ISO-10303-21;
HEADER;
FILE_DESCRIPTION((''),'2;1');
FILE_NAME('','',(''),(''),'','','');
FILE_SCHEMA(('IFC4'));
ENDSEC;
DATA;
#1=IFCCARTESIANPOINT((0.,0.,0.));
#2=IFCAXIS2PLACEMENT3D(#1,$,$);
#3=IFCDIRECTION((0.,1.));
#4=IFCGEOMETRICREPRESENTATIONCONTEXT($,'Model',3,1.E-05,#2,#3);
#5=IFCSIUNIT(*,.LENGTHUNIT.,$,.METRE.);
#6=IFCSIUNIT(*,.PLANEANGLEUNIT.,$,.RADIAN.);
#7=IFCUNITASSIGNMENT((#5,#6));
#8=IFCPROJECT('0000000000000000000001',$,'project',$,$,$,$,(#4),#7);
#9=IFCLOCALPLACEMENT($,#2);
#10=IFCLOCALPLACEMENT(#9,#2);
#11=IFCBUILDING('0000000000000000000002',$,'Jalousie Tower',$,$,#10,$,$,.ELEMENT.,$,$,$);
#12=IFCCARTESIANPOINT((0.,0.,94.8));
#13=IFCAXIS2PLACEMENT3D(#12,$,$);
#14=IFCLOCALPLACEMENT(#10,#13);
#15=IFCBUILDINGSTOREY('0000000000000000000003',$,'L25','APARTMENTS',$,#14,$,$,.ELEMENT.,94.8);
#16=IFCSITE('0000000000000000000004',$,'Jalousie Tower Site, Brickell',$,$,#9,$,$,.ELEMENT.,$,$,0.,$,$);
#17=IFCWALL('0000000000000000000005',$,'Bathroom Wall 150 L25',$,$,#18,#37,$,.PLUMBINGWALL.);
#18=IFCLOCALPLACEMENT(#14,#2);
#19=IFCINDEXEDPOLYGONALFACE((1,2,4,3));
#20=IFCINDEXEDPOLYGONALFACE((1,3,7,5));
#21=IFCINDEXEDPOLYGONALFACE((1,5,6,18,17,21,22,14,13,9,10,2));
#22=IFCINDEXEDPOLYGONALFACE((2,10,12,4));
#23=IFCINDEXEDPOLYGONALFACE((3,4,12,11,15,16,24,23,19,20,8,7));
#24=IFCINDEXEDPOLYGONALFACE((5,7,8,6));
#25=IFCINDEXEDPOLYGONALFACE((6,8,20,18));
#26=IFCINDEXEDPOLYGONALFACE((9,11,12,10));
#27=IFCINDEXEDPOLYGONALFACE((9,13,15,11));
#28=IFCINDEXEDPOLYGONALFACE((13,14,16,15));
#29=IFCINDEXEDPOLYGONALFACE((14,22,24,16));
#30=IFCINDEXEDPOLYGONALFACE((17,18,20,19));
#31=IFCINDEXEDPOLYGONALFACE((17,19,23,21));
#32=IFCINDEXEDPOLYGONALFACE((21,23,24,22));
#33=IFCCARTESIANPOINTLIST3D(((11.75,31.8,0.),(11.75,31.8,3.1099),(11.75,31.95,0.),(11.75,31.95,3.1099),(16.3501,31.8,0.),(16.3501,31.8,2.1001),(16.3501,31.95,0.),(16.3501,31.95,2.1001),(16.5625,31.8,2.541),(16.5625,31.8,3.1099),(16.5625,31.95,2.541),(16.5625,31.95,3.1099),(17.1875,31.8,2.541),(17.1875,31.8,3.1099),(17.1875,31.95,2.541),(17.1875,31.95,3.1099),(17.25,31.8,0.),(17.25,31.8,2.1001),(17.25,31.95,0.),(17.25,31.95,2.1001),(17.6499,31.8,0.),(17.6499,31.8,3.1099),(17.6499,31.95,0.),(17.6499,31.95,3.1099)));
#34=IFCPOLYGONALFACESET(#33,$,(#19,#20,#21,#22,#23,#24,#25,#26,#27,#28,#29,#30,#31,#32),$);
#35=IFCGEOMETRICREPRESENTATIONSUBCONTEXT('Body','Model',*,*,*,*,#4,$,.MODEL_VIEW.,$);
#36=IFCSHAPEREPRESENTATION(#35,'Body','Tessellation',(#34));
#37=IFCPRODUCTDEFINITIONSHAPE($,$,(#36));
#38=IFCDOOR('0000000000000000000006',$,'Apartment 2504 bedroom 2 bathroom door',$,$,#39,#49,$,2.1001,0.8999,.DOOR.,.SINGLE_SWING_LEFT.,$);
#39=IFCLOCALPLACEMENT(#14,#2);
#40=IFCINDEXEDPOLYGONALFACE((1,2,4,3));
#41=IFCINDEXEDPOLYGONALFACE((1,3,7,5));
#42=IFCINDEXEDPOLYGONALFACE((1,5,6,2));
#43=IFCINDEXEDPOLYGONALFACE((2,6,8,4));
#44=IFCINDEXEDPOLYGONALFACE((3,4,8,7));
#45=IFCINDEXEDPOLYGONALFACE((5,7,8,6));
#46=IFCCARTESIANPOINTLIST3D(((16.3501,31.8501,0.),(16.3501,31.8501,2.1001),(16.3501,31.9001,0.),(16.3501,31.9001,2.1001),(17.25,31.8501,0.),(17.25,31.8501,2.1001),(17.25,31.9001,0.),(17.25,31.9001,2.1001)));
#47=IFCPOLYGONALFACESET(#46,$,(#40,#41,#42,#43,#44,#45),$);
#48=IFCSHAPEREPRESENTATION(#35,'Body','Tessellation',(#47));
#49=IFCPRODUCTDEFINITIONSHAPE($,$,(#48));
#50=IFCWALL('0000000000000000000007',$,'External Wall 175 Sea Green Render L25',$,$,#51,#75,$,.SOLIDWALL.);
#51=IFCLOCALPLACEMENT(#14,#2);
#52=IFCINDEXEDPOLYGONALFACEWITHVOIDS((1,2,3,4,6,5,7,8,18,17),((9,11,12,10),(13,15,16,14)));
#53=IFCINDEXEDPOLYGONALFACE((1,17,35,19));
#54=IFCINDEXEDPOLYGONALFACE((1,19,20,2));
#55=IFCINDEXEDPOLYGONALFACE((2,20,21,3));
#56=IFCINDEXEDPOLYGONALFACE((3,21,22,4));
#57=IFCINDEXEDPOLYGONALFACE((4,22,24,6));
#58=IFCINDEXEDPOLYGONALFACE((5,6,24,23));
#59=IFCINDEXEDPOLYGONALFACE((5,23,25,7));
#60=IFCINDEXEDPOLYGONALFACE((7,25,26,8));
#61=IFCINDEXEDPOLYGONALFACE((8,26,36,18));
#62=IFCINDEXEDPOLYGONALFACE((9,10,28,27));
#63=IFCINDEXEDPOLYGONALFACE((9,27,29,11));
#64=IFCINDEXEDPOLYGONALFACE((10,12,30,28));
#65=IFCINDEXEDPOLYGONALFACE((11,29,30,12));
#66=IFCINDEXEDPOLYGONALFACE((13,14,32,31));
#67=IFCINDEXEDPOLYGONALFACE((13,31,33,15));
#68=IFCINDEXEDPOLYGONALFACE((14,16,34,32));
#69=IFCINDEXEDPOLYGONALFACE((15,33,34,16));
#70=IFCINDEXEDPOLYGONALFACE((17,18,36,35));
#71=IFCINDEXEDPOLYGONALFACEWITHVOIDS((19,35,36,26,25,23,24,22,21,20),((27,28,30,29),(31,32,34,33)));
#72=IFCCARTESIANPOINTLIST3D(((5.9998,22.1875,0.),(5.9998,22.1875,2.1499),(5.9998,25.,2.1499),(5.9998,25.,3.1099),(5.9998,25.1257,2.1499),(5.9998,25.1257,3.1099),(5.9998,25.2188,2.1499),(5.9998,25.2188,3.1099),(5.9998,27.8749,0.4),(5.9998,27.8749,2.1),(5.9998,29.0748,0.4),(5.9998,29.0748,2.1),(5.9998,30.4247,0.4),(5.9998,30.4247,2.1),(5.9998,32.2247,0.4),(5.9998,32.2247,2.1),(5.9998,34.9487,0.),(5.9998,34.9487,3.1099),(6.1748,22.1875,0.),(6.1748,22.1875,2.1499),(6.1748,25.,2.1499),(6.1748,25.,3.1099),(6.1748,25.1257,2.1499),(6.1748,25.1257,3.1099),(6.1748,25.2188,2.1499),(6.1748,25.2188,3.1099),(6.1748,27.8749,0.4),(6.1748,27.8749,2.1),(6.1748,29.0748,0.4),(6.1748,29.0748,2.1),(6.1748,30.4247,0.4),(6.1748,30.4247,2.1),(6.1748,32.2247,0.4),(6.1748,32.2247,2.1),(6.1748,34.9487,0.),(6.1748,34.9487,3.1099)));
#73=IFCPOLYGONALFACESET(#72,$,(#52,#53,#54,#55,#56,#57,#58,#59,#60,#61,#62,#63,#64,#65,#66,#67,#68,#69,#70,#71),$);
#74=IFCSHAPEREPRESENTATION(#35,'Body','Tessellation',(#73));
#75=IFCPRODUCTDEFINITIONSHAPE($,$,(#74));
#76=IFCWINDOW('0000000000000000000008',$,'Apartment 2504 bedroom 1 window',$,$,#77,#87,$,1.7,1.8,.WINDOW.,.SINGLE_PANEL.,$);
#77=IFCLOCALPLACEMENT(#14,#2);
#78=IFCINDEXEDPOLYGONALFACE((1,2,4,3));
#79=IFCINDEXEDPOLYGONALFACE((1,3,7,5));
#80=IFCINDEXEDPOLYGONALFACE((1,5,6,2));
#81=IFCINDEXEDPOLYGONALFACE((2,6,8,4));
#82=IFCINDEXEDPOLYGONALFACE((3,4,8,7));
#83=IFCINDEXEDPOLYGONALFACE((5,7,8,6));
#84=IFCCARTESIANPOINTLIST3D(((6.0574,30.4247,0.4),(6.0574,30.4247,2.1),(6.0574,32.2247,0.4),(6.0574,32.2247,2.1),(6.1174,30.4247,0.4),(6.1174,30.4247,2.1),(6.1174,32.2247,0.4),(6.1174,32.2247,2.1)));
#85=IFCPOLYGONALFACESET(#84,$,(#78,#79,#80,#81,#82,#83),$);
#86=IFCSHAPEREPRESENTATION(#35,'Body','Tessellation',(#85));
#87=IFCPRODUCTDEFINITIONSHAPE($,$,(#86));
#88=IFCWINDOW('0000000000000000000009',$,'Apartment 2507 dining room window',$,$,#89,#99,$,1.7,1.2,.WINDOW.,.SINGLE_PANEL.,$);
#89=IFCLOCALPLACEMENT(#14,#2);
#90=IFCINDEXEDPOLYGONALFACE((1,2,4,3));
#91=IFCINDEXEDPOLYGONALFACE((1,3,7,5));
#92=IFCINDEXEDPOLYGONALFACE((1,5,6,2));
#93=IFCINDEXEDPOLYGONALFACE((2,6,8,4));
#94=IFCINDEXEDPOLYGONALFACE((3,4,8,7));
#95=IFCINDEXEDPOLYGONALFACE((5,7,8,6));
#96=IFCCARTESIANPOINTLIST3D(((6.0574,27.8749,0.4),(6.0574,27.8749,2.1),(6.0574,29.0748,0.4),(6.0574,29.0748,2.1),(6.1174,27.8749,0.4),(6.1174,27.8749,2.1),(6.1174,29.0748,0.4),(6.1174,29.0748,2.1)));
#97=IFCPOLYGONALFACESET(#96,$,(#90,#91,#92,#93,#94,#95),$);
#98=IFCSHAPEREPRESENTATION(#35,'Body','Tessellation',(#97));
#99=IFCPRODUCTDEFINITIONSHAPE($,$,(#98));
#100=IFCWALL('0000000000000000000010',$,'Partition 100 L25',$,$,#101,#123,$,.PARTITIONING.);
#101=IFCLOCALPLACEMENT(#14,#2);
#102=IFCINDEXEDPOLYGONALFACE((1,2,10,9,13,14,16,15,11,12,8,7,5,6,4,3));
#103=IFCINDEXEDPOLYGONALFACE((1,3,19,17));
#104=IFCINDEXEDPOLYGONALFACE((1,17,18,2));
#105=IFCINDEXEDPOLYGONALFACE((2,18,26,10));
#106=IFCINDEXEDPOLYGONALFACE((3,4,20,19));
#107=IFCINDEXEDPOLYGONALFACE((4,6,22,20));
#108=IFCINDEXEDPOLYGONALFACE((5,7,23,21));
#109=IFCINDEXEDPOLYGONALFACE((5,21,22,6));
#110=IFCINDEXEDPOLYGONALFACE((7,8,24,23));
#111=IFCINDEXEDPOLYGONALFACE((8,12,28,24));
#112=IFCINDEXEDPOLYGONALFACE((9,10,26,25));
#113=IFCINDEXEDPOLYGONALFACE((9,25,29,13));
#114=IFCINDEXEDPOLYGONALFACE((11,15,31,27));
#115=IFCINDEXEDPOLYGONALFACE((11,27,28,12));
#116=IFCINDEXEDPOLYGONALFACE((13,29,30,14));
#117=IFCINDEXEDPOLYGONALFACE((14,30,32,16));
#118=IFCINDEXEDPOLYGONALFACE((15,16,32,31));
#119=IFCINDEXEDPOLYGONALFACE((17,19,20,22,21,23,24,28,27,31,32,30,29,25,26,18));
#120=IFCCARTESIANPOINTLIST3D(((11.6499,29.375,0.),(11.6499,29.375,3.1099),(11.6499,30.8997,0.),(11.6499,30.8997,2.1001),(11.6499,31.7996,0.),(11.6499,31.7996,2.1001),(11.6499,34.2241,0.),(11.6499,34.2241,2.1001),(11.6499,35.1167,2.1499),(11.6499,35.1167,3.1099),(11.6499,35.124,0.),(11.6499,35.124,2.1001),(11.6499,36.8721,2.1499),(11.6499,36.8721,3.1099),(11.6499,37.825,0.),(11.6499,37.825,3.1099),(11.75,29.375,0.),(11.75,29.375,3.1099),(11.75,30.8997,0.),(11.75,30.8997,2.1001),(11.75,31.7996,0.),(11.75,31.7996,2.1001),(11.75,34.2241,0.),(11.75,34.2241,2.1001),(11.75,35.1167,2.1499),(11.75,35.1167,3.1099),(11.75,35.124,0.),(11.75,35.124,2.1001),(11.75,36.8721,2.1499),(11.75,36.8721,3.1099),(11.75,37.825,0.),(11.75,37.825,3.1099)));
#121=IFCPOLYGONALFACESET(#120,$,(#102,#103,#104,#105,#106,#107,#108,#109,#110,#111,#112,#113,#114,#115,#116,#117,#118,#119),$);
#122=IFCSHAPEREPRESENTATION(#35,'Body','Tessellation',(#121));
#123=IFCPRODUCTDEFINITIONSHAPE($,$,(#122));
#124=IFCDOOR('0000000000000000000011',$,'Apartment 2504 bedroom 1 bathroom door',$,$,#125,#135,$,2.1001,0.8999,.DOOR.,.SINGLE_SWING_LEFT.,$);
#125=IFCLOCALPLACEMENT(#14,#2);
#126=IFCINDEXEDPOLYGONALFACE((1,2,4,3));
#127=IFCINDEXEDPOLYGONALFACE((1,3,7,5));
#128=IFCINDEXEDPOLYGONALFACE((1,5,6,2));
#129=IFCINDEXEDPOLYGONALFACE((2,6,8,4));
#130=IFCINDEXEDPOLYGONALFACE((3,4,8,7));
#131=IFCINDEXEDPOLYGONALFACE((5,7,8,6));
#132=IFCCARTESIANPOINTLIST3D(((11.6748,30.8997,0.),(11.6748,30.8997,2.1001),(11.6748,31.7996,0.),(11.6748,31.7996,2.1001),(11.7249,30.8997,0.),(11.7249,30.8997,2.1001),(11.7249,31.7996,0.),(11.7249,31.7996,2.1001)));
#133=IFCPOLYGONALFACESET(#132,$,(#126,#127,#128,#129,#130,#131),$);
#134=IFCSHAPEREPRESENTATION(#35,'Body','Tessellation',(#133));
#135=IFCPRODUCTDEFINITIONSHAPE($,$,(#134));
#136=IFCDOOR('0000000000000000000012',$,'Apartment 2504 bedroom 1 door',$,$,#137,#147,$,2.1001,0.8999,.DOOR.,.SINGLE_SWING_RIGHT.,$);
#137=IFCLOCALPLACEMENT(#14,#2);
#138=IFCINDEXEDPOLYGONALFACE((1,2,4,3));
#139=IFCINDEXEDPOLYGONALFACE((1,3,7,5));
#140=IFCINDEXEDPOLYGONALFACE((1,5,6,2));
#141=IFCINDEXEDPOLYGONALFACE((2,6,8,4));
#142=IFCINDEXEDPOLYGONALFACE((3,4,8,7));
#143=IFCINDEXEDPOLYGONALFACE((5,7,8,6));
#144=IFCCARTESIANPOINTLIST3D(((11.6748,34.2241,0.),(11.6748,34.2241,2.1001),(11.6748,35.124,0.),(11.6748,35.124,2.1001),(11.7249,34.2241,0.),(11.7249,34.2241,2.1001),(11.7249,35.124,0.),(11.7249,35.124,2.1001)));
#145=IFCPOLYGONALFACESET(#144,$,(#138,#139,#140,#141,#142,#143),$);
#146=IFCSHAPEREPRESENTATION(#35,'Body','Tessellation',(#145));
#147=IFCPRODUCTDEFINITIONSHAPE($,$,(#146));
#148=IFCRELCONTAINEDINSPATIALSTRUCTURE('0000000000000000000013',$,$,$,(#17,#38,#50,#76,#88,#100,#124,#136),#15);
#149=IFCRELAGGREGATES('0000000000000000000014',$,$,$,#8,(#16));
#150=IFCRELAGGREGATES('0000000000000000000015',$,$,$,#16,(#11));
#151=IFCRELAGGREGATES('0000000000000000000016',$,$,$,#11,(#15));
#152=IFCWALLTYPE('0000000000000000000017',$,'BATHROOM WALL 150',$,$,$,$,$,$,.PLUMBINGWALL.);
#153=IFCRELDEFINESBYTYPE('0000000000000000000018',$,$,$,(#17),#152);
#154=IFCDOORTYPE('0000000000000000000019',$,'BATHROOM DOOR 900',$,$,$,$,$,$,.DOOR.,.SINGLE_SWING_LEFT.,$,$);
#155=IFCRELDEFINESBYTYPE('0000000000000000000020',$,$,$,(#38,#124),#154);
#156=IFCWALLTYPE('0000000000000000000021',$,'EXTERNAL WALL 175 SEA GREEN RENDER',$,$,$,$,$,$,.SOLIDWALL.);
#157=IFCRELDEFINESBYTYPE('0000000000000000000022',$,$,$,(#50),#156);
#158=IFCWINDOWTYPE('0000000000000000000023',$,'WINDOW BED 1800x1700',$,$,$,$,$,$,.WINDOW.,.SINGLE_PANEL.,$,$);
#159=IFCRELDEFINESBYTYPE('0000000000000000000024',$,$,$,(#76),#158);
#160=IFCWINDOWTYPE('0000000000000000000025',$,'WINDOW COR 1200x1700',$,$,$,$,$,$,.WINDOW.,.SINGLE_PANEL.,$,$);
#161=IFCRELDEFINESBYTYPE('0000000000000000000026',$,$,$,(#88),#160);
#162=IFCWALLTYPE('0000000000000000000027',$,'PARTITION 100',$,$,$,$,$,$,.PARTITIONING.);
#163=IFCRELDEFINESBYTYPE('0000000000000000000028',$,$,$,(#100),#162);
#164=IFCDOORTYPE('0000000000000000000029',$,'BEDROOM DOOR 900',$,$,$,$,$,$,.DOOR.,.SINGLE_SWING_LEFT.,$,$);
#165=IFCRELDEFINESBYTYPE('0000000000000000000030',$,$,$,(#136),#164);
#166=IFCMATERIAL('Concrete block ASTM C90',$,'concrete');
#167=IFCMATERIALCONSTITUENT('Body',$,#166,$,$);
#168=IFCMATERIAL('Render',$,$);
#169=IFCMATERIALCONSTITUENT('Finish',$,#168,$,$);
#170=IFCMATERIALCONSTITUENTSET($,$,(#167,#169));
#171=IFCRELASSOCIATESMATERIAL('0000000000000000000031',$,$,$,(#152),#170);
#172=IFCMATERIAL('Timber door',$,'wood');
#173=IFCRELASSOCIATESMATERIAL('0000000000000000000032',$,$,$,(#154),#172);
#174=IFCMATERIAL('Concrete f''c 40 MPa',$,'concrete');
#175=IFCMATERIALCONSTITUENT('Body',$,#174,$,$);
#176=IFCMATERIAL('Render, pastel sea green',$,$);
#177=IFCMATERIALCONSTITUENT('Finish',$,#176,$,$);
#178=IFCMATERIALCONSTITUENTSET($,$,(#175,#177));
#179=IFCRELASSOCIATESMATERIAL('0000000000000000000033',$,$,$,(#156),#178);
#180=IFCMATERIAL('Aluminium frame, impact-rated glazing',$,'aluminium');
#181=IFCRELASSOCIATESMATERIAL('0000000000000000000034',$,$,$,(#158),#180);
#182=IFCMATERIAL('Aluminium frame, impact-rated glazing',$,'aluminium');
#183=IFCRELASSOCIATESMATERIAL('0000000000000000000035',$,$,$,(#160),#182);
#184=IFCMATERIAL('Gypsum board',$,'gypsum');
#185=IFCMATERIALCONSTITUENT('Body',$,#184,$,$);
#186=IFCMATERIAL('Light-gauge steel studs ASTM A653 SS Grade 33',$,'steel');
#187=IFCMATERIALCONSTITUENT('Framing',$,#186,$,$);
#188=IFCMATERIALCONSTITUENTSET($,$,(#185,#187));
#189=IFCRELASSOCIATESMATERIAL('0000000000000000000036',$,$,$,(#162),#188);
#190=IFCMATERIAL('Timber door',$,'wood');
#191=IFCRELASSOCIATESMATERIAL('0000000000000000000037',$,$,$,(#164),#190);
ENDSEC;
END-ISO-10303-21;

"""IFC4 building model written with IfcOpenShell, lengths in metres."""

from ifc_helpers import new_model, si_unit, direction, frame, frame_2d, origin, place, context, subcontext, project, spatial, polyline, rectangle, outline, extrude, material, constituent, constituent_set, type_object, element, fill, save


model = new_model("IFC4")

# Units and contexts
model_context = context("Model", 3, precision=1e-05, world=origin(), true_north=direction((0.0, 1.0)))
body_context = subcontext(model_context, "Body", "Model", "MODEL_VIEW")
ifc_project = project(units=[si_unit("LENGTHUNIT", "METRE"), si_unit("PLANEANGLEUNIT", "RADIAN")], contexts=[model_context])

# Site, building, storey
site_placement = place(None, origin())
site = spatial("IfcSite", under=ifc_project, at=site_placement, Name="Jalousie Tower Site, Brickell", CompositionType="ELEMENT", RefElevation=0.0)
building_placement = place(site_placement, origin())
building = spatial("IfcBuilding", under=site, at=building_placement, Name="Jalousie Tower", CompositionType="ELEMENT")
storey_placement = place(building_placement, frame((0.0, 0.0, 94.8)))
storey = spatial("IfcBuildingStorey", under=building, at=storey_placement, Name="L25", Description="APARTMENTS", CompositionType="ELEMENT", Elevation=94.8)

# Wall, opening, door
ifc_material_1 = material(Name="Concrete block ASTM C90", Category="concrete")
ifc_constituent_1 = constituent(ifc_material_1, Name="Body")
ifc_material_2 = material(Name="Render")
ifc_constituent_2 = constituent(ifc_material_2, Name="Finish")
ifc_constituent_set_1 = constituent_set(constituents=[ifc_constituent_1, ifc_constituent_2])
wall_type_1 = type_object("IfcWallType", Name="BATHROOM WALL 150", PredefinedType="PLUMBINGWALL", material=ifc_constituent_set_1)
wall_1_placement = place(storey_placement, frame((11.75, 31.875, 0.0), z_axis=(0.0, 0.0, 1.0), x_axis=(1.0, 0.0, 0.0)))
wall_1 = element("IfcWall", 1, at=wall_1_placement, inside=storey, type_object=wall_type_1, Name="Bathroom Wall 150 L25", PredefinedType="PLUMBINGWALL", context=body_context, shape_type="SweptSolid", body=[
    extrude(outline(polyline([(0.0, 0.0), (5.8999, 0.0), (5.8999, 3.1099), (5.4375, 3.1099), (5.4375, 2.541), (4.8125, 2.541), (4.8125, 3.1099), (0.0, 3.1099), (0.0, 0.0)])), frame((0.0, 0.075, 0.0), z_axis=(0.0, -1.0, 0.0), x_axis=(1.0, 0.0, 0.0)), (0.0, 0.0, 1.0), 0.1499),
])
opening_1_placement = place(wall_1_placement, frame((4.6001, 0.0, 0.0)))
opening_1 = element("IfcOpeningElement", 2, at=opening_1_placement, cuts=wall_1, PredefinedType="OPENING", context=body_context, shape_type="SweptSolid", body=[
    extrude(rectangle(XDim=0.8999, YDim=2.1001, at=frame_2d((0.45, 1.05))), frame((0.0, 0.085, 0.0), z_axis=(0.0, -1.0, 0.0), x_axis=(1.0, 0.0, 0.0)), (0.0, 0.0, 1.0), 0.1699),
])
ifc_material_3 = material(Name="Timber door", Category="wood")
door_type_1 = type_object("IfcDoorType", Name="BATHROOM DOOR 900", OperationType="SINGLE_SWING_LEFT", PredefinedType="DOOR", material=ifc_material_3)
door_1_placement = place(opening_1_placement, frame((0.8999, 0.0, 0.0), z_axis=(0.0, 0.0, 1.0), x_axis=(-1.0, 0.0, 0.0)))
door_1 = element("IfcDoor", 3, at=door_1_placement, inside=storey, type_object=door_type_1, Name="Apartment 2504 bedroom 2 bathroom door", OperationType="SINGLE_SWING_LEFT", OverallHeight=2.1001, OverallWidth=0.8999, PredefinedType="DOOR", context=body_context, shape_type="SweptSolid", body=[
    extrude(rectangle(XDim=0.8999, YDim=2.1001, at=frame_2d((0.45, 1.05))), frame((0.0, 0.0249, 0.0), z_axis=(0.0, -1.0, 0.0), x_axis=(1.0, 0.0, 0.0)), (0.0, 0.0, 1.0), 0.05),
])
fill(opening_1, door_1)

# Wall, openings, windows
ifc_material_4 = material(Name="Concrete f'c 40 MPa", Category="concrete")
ifc_constituent_3 = constituent(ifc_material_4, Name="Body")
ifc_material_5 = material(Name="Render, pastel sea green")
ifc_constituent_4 = constituent(ifc_material_5, Name="Finish")
ifc_constituent_set_2 = constituent_set(constituents=[ifc_constituent_3, ifc_constituent_4])
wall_type_2 = type_object("IfcWallType", Name="EXTERNAL WALL 175 SEA GREEN RENDER", PredefinedType="SOLIDWALL", material=ifc_constituent_set_2)
wall_2_placement = place(storey_placement, frame((6.0874, 34.9487, 0.0), z_axis=(0.0, 0.0, 1.0), x_axis=(0.0, -1.0, 0.0)))
wall_2 = element("IfcWall", 4, at=wall_2_placement, inside=storey, type_object=wall_type_2, Name="External Wall 175 Sea Green Render L25", PredefinedType="SOLIDWALL", context=body_context, shape_type="SweptSolid", body=[
    extrude(outline(polyline([(0.0, 0.0), (12.7612, 0.0), (12.7612, 2.1499), (9.9487, 2.1499), (9.9487, 3.1099), (9.823, 3.1099), (9.823, 2.1499), (9.73, 2.1499), (9.73, 3.1099), (0.0, 3.1099), (0.0, 0.0)])), frame((0.0, 0.0874, 0.0), z_axis=(0.0, -1.0, 0.0), x_axis=(1.0, 0.0, 0.0)), (0.0, 0.0, 1.0), 0.175),
])
opening_2_placement = place(wall_2_placement, frame((2.7241, 0.0, 0.3999)))
opening_2 = element("IfcOpeningElement", 5, at=opening_2_placement, cuts=wall_2, PredefinedType="OPENING", context=body_context, shape_type="SweptSolid", body=[
    extrude(rectangle(XDim=1.8, YDim=1.7, at=frame_2d((0.8999, 0.8501))), frame((0.0, 0.0974, 0.0), z_axis=(0.0, -1.0, 0.0), x_axis=(1.0, 0.0, 0.0)), (0.0, 0.0, 1.0), 0.1951),
])
opening_3_placement = place(wall_2_placement, frame((5.8738, 0.0, 0.3999)))
opening_3 = element("IfcOpeningElement", 6, at=opening_3_placement, cuts=wall_2, PredefinedType="OPENING", context=body_context, shape_type="SweptSolid", body=[
    extrude(rectangle(XDim=1.2, YDim=1.7, at=frame_2d((0.6001, 0.8501))), frame((0.0, 0.0974, 0.0), z_axis=(0.0, -1.0, 0.0), x_axis=(1.0, 0.0, 0.0)), (0.0, 0.0, 1.0), 0.1951),
])
ifc_material_6 = material(Name="Aluminium frame, impact-rated glazing", Category="aluminium")
window_type_1 = type_object("IfcWindowType", Name="WINDOW BED 1800x1700", PartitioningType="SINGLE_PANEL", PredefinedType="WINDOW", material=ifc_material_6)
window_1_placement = place(opening_2_placement, origin())
window_1 = element("IfcWindow", 7, at=window_1_placement, inside=storey, type_object=window_type_1, Name="Apartment 2504 bedroom 1 window", OverallHeight=1.7, OverallWidth=1.8, PartitioningType="SINGLE_PANEL", PredefinedType="WINDOW", context=body_context, shape_type="SweptSolid", body=[
    extrude(rectangle(XDim=1.8, YDim=1.7, at=frame_2d((0.8999, 0.8501))), frame((0.0, 0.03, 0.0), z_axis=(0.0, -1.0, 0.0), x_axis=(1.0, 0.0, 0.0)), (0.0, 0.0, 1.0), 0.0601),
])
fill(opening_2, window_1)
ifc_material_7 = material(Name="Aluminium frame, impact-rated glazing", Category="aluminium")
window_type_2 = type_object("IfcWindowType", Name="WINDOW COR 1200x1700", PartitioningType="SINGLE_PANEL", PredefinedType="WINDOW", material=ifc_material_7)
window_2_placement = place(opening_3_placement, origin())
window_2 = element("IfcWindow", 8, at=window_2_placement, inside=storey, type_object=window_type_2, Name="Apartment 2507 dining room window", OverallHeight=1.7, OverallWidth=1.2, PartitioningType="SINGLE_PANEL", PredefinedType="WINDOW", context=body_context, shape_type="SweptSolid", body=[
    extrude(rectangle(XDim=1.2, YDim=1.7, at=frame_2d((0.6001, 0.8501))), frame((0.0, 0.03, 0.0), z_axis=(0.0, -1.0, 0.0), x_axis=(1.0, 0.0, 0.0)), (0.0, 0.0, 1.0), 0.0601),
])
fill(opening_3, window_2)

# Wall, openings, doors
ifc_material_8 = material(Name="Gypsum board", Category="gypsum")
ifc_constituent_5 = constituent(ifc_material_8, Name="Body")
ifc_material_9 = material(Name="Light-gauge steel studs ASTM A653 SS Grade 33", Category="steel")
ifc_constituent_6 = constituent(ifc_material_9, Name="Framing")
ifc_constituent_set_3 = constituent_set(constituents=[ifc_constituent_5, ifc_constituent_6])
wall_type_3 = type_object("IfcWallType", Name="PARTITION 100", PredefinedType="PARTITIONING", material=ifc_constituent_set_3)
wall_3_placement = place(storey_placement, frame((11.7, 37.825, 0.0), z_axis=(0.0, 0.0, 1.0), x_axis=(0.0, -1.0, 0.0)))
wall_3 = element("IfcWall", 9, at=wall_3_placement, inside=storey, type_object=wall_type_3, Name="Partition 100 L25", PredefinedType="PARTITIONING", context=body_context, shape_type="SweptSolid", body=[
    extrude(outline(polyline([(0.0, 0.0), (8.45, 0.0), (8.45, 3.1099), (2.7083, 3.1099), (2.7083, 2.1499), (0.9529, 2.1499), (0.9529, 3.1099), (0.0, 3.1099), (0.0, 0.0)])), frame((0.0, 0.05, 0.0), z_axis=(0.0, -1.0, 0.0), x_axis=(1.0, 0.0, 0.0)), (0.0, 0.0, 1.0), 0.1001),
])
opening_4_placement = place(wall_3_placement, frame((2.7009, 0.0, 0.0)))
opening_4 = element("IfcOpeningElement", 10, at=opening_4_placement, cuts=wall_3, PredefinedType="OPENING", context=body_context, shape_type="SweptSolid", body=[
    extrude(rectangle(XDim=0.8999, YDim=2.1001, at=frame_2d((0.45, 1.05))), frame((0.0, 0.0601, 0.0), z_axis=(0.0, -1.0, 0.0), x_axis=(1.0, 0.0, 0.0)), (0.0, 0.0, 1.0), 0.1201),
])
opening_5_placement = place(wall_3_placement, frame((6.0254, 0.0, 0.0)))
opening_5 = element("IfcOpeningElement", 11, at=opening_5_placement, cuts=wall_3, PredefinedType="OPENING", context=body_context, shape_type="SweptSolid", body=[
    extrude(rectangle(XDim=0.8999, YDim=2.1001, at=frame_2d((0.45, 1.05))), frame((0.0, 0.0601, 0.0), z_axis=(0.0, -1.0, 0.0), x_axis=(1.0, 0.0, 0.0)), (0.0, 0.0, 1.0), 0.1201),
])
door_2_placement = place(opening_5_placement, origin())
door_2 = element("IfcDoor", 12, at=door_2_placement, inside=storey, type_object=door_type_1, Name="Apartment 2504 bedroom 1 bathroom door", OperationType="SINGLE_SWING_LEFT", OverallHeight=2.1001, OverallWidth=0.8999, PredefinedType="DOOR", context=body_context, shape_type="SweptSolid", body=[
    extrude(rectangle(XDim=0.8999, YDim=2.1001, at=frame_2d((0.45, 1.05))), frame((0.0, 0.0249, 0.0), z_axis=(0.0, -1.0, 0.0), x_axis=(1.0, 0.0, 0.0)), (0.0, 0.0, 1.0), 0.05),
])
fill(opening_5, door_2)
ifc_material_10 = material(Name="Timber door", Category="wood")
door_type_2 = type_object("IfcDoorType", Name="BEDROOM DOOR 900", OperationType="SINGLE_SWING_LEFT", PredefinedType="DOOR", material=ifc_material_10)
door_3_placement = place(opening_4_placement, origin())
door_3 = element("IfcDoor", 13, at=door_3_placement, inside=storey, type_object=door_type_2, Name="Apartment 2504 bedroom 1 door", OperationType="SINGLE_SWING_RIGHT", OverallHeight=2.1001, OverallWidth=0.8999, PredefinedType="DOOR", context=body_context, shape_type="SweptSolid", body=[
    extrude(rectangle(XDim=0.8999, YDim=2.1001, at=frame_2d((0.45, 1.05))), frame((0.0, 0.0249, 0.0), z_axis=(0.0, -1.0, 0.0), x_axis=(1.0, 0.0, 0.0)), (0.0, 0.0, 1.0), 0.05),
])
fill(opening_4, door_3)

save(model, "model.ifc")
